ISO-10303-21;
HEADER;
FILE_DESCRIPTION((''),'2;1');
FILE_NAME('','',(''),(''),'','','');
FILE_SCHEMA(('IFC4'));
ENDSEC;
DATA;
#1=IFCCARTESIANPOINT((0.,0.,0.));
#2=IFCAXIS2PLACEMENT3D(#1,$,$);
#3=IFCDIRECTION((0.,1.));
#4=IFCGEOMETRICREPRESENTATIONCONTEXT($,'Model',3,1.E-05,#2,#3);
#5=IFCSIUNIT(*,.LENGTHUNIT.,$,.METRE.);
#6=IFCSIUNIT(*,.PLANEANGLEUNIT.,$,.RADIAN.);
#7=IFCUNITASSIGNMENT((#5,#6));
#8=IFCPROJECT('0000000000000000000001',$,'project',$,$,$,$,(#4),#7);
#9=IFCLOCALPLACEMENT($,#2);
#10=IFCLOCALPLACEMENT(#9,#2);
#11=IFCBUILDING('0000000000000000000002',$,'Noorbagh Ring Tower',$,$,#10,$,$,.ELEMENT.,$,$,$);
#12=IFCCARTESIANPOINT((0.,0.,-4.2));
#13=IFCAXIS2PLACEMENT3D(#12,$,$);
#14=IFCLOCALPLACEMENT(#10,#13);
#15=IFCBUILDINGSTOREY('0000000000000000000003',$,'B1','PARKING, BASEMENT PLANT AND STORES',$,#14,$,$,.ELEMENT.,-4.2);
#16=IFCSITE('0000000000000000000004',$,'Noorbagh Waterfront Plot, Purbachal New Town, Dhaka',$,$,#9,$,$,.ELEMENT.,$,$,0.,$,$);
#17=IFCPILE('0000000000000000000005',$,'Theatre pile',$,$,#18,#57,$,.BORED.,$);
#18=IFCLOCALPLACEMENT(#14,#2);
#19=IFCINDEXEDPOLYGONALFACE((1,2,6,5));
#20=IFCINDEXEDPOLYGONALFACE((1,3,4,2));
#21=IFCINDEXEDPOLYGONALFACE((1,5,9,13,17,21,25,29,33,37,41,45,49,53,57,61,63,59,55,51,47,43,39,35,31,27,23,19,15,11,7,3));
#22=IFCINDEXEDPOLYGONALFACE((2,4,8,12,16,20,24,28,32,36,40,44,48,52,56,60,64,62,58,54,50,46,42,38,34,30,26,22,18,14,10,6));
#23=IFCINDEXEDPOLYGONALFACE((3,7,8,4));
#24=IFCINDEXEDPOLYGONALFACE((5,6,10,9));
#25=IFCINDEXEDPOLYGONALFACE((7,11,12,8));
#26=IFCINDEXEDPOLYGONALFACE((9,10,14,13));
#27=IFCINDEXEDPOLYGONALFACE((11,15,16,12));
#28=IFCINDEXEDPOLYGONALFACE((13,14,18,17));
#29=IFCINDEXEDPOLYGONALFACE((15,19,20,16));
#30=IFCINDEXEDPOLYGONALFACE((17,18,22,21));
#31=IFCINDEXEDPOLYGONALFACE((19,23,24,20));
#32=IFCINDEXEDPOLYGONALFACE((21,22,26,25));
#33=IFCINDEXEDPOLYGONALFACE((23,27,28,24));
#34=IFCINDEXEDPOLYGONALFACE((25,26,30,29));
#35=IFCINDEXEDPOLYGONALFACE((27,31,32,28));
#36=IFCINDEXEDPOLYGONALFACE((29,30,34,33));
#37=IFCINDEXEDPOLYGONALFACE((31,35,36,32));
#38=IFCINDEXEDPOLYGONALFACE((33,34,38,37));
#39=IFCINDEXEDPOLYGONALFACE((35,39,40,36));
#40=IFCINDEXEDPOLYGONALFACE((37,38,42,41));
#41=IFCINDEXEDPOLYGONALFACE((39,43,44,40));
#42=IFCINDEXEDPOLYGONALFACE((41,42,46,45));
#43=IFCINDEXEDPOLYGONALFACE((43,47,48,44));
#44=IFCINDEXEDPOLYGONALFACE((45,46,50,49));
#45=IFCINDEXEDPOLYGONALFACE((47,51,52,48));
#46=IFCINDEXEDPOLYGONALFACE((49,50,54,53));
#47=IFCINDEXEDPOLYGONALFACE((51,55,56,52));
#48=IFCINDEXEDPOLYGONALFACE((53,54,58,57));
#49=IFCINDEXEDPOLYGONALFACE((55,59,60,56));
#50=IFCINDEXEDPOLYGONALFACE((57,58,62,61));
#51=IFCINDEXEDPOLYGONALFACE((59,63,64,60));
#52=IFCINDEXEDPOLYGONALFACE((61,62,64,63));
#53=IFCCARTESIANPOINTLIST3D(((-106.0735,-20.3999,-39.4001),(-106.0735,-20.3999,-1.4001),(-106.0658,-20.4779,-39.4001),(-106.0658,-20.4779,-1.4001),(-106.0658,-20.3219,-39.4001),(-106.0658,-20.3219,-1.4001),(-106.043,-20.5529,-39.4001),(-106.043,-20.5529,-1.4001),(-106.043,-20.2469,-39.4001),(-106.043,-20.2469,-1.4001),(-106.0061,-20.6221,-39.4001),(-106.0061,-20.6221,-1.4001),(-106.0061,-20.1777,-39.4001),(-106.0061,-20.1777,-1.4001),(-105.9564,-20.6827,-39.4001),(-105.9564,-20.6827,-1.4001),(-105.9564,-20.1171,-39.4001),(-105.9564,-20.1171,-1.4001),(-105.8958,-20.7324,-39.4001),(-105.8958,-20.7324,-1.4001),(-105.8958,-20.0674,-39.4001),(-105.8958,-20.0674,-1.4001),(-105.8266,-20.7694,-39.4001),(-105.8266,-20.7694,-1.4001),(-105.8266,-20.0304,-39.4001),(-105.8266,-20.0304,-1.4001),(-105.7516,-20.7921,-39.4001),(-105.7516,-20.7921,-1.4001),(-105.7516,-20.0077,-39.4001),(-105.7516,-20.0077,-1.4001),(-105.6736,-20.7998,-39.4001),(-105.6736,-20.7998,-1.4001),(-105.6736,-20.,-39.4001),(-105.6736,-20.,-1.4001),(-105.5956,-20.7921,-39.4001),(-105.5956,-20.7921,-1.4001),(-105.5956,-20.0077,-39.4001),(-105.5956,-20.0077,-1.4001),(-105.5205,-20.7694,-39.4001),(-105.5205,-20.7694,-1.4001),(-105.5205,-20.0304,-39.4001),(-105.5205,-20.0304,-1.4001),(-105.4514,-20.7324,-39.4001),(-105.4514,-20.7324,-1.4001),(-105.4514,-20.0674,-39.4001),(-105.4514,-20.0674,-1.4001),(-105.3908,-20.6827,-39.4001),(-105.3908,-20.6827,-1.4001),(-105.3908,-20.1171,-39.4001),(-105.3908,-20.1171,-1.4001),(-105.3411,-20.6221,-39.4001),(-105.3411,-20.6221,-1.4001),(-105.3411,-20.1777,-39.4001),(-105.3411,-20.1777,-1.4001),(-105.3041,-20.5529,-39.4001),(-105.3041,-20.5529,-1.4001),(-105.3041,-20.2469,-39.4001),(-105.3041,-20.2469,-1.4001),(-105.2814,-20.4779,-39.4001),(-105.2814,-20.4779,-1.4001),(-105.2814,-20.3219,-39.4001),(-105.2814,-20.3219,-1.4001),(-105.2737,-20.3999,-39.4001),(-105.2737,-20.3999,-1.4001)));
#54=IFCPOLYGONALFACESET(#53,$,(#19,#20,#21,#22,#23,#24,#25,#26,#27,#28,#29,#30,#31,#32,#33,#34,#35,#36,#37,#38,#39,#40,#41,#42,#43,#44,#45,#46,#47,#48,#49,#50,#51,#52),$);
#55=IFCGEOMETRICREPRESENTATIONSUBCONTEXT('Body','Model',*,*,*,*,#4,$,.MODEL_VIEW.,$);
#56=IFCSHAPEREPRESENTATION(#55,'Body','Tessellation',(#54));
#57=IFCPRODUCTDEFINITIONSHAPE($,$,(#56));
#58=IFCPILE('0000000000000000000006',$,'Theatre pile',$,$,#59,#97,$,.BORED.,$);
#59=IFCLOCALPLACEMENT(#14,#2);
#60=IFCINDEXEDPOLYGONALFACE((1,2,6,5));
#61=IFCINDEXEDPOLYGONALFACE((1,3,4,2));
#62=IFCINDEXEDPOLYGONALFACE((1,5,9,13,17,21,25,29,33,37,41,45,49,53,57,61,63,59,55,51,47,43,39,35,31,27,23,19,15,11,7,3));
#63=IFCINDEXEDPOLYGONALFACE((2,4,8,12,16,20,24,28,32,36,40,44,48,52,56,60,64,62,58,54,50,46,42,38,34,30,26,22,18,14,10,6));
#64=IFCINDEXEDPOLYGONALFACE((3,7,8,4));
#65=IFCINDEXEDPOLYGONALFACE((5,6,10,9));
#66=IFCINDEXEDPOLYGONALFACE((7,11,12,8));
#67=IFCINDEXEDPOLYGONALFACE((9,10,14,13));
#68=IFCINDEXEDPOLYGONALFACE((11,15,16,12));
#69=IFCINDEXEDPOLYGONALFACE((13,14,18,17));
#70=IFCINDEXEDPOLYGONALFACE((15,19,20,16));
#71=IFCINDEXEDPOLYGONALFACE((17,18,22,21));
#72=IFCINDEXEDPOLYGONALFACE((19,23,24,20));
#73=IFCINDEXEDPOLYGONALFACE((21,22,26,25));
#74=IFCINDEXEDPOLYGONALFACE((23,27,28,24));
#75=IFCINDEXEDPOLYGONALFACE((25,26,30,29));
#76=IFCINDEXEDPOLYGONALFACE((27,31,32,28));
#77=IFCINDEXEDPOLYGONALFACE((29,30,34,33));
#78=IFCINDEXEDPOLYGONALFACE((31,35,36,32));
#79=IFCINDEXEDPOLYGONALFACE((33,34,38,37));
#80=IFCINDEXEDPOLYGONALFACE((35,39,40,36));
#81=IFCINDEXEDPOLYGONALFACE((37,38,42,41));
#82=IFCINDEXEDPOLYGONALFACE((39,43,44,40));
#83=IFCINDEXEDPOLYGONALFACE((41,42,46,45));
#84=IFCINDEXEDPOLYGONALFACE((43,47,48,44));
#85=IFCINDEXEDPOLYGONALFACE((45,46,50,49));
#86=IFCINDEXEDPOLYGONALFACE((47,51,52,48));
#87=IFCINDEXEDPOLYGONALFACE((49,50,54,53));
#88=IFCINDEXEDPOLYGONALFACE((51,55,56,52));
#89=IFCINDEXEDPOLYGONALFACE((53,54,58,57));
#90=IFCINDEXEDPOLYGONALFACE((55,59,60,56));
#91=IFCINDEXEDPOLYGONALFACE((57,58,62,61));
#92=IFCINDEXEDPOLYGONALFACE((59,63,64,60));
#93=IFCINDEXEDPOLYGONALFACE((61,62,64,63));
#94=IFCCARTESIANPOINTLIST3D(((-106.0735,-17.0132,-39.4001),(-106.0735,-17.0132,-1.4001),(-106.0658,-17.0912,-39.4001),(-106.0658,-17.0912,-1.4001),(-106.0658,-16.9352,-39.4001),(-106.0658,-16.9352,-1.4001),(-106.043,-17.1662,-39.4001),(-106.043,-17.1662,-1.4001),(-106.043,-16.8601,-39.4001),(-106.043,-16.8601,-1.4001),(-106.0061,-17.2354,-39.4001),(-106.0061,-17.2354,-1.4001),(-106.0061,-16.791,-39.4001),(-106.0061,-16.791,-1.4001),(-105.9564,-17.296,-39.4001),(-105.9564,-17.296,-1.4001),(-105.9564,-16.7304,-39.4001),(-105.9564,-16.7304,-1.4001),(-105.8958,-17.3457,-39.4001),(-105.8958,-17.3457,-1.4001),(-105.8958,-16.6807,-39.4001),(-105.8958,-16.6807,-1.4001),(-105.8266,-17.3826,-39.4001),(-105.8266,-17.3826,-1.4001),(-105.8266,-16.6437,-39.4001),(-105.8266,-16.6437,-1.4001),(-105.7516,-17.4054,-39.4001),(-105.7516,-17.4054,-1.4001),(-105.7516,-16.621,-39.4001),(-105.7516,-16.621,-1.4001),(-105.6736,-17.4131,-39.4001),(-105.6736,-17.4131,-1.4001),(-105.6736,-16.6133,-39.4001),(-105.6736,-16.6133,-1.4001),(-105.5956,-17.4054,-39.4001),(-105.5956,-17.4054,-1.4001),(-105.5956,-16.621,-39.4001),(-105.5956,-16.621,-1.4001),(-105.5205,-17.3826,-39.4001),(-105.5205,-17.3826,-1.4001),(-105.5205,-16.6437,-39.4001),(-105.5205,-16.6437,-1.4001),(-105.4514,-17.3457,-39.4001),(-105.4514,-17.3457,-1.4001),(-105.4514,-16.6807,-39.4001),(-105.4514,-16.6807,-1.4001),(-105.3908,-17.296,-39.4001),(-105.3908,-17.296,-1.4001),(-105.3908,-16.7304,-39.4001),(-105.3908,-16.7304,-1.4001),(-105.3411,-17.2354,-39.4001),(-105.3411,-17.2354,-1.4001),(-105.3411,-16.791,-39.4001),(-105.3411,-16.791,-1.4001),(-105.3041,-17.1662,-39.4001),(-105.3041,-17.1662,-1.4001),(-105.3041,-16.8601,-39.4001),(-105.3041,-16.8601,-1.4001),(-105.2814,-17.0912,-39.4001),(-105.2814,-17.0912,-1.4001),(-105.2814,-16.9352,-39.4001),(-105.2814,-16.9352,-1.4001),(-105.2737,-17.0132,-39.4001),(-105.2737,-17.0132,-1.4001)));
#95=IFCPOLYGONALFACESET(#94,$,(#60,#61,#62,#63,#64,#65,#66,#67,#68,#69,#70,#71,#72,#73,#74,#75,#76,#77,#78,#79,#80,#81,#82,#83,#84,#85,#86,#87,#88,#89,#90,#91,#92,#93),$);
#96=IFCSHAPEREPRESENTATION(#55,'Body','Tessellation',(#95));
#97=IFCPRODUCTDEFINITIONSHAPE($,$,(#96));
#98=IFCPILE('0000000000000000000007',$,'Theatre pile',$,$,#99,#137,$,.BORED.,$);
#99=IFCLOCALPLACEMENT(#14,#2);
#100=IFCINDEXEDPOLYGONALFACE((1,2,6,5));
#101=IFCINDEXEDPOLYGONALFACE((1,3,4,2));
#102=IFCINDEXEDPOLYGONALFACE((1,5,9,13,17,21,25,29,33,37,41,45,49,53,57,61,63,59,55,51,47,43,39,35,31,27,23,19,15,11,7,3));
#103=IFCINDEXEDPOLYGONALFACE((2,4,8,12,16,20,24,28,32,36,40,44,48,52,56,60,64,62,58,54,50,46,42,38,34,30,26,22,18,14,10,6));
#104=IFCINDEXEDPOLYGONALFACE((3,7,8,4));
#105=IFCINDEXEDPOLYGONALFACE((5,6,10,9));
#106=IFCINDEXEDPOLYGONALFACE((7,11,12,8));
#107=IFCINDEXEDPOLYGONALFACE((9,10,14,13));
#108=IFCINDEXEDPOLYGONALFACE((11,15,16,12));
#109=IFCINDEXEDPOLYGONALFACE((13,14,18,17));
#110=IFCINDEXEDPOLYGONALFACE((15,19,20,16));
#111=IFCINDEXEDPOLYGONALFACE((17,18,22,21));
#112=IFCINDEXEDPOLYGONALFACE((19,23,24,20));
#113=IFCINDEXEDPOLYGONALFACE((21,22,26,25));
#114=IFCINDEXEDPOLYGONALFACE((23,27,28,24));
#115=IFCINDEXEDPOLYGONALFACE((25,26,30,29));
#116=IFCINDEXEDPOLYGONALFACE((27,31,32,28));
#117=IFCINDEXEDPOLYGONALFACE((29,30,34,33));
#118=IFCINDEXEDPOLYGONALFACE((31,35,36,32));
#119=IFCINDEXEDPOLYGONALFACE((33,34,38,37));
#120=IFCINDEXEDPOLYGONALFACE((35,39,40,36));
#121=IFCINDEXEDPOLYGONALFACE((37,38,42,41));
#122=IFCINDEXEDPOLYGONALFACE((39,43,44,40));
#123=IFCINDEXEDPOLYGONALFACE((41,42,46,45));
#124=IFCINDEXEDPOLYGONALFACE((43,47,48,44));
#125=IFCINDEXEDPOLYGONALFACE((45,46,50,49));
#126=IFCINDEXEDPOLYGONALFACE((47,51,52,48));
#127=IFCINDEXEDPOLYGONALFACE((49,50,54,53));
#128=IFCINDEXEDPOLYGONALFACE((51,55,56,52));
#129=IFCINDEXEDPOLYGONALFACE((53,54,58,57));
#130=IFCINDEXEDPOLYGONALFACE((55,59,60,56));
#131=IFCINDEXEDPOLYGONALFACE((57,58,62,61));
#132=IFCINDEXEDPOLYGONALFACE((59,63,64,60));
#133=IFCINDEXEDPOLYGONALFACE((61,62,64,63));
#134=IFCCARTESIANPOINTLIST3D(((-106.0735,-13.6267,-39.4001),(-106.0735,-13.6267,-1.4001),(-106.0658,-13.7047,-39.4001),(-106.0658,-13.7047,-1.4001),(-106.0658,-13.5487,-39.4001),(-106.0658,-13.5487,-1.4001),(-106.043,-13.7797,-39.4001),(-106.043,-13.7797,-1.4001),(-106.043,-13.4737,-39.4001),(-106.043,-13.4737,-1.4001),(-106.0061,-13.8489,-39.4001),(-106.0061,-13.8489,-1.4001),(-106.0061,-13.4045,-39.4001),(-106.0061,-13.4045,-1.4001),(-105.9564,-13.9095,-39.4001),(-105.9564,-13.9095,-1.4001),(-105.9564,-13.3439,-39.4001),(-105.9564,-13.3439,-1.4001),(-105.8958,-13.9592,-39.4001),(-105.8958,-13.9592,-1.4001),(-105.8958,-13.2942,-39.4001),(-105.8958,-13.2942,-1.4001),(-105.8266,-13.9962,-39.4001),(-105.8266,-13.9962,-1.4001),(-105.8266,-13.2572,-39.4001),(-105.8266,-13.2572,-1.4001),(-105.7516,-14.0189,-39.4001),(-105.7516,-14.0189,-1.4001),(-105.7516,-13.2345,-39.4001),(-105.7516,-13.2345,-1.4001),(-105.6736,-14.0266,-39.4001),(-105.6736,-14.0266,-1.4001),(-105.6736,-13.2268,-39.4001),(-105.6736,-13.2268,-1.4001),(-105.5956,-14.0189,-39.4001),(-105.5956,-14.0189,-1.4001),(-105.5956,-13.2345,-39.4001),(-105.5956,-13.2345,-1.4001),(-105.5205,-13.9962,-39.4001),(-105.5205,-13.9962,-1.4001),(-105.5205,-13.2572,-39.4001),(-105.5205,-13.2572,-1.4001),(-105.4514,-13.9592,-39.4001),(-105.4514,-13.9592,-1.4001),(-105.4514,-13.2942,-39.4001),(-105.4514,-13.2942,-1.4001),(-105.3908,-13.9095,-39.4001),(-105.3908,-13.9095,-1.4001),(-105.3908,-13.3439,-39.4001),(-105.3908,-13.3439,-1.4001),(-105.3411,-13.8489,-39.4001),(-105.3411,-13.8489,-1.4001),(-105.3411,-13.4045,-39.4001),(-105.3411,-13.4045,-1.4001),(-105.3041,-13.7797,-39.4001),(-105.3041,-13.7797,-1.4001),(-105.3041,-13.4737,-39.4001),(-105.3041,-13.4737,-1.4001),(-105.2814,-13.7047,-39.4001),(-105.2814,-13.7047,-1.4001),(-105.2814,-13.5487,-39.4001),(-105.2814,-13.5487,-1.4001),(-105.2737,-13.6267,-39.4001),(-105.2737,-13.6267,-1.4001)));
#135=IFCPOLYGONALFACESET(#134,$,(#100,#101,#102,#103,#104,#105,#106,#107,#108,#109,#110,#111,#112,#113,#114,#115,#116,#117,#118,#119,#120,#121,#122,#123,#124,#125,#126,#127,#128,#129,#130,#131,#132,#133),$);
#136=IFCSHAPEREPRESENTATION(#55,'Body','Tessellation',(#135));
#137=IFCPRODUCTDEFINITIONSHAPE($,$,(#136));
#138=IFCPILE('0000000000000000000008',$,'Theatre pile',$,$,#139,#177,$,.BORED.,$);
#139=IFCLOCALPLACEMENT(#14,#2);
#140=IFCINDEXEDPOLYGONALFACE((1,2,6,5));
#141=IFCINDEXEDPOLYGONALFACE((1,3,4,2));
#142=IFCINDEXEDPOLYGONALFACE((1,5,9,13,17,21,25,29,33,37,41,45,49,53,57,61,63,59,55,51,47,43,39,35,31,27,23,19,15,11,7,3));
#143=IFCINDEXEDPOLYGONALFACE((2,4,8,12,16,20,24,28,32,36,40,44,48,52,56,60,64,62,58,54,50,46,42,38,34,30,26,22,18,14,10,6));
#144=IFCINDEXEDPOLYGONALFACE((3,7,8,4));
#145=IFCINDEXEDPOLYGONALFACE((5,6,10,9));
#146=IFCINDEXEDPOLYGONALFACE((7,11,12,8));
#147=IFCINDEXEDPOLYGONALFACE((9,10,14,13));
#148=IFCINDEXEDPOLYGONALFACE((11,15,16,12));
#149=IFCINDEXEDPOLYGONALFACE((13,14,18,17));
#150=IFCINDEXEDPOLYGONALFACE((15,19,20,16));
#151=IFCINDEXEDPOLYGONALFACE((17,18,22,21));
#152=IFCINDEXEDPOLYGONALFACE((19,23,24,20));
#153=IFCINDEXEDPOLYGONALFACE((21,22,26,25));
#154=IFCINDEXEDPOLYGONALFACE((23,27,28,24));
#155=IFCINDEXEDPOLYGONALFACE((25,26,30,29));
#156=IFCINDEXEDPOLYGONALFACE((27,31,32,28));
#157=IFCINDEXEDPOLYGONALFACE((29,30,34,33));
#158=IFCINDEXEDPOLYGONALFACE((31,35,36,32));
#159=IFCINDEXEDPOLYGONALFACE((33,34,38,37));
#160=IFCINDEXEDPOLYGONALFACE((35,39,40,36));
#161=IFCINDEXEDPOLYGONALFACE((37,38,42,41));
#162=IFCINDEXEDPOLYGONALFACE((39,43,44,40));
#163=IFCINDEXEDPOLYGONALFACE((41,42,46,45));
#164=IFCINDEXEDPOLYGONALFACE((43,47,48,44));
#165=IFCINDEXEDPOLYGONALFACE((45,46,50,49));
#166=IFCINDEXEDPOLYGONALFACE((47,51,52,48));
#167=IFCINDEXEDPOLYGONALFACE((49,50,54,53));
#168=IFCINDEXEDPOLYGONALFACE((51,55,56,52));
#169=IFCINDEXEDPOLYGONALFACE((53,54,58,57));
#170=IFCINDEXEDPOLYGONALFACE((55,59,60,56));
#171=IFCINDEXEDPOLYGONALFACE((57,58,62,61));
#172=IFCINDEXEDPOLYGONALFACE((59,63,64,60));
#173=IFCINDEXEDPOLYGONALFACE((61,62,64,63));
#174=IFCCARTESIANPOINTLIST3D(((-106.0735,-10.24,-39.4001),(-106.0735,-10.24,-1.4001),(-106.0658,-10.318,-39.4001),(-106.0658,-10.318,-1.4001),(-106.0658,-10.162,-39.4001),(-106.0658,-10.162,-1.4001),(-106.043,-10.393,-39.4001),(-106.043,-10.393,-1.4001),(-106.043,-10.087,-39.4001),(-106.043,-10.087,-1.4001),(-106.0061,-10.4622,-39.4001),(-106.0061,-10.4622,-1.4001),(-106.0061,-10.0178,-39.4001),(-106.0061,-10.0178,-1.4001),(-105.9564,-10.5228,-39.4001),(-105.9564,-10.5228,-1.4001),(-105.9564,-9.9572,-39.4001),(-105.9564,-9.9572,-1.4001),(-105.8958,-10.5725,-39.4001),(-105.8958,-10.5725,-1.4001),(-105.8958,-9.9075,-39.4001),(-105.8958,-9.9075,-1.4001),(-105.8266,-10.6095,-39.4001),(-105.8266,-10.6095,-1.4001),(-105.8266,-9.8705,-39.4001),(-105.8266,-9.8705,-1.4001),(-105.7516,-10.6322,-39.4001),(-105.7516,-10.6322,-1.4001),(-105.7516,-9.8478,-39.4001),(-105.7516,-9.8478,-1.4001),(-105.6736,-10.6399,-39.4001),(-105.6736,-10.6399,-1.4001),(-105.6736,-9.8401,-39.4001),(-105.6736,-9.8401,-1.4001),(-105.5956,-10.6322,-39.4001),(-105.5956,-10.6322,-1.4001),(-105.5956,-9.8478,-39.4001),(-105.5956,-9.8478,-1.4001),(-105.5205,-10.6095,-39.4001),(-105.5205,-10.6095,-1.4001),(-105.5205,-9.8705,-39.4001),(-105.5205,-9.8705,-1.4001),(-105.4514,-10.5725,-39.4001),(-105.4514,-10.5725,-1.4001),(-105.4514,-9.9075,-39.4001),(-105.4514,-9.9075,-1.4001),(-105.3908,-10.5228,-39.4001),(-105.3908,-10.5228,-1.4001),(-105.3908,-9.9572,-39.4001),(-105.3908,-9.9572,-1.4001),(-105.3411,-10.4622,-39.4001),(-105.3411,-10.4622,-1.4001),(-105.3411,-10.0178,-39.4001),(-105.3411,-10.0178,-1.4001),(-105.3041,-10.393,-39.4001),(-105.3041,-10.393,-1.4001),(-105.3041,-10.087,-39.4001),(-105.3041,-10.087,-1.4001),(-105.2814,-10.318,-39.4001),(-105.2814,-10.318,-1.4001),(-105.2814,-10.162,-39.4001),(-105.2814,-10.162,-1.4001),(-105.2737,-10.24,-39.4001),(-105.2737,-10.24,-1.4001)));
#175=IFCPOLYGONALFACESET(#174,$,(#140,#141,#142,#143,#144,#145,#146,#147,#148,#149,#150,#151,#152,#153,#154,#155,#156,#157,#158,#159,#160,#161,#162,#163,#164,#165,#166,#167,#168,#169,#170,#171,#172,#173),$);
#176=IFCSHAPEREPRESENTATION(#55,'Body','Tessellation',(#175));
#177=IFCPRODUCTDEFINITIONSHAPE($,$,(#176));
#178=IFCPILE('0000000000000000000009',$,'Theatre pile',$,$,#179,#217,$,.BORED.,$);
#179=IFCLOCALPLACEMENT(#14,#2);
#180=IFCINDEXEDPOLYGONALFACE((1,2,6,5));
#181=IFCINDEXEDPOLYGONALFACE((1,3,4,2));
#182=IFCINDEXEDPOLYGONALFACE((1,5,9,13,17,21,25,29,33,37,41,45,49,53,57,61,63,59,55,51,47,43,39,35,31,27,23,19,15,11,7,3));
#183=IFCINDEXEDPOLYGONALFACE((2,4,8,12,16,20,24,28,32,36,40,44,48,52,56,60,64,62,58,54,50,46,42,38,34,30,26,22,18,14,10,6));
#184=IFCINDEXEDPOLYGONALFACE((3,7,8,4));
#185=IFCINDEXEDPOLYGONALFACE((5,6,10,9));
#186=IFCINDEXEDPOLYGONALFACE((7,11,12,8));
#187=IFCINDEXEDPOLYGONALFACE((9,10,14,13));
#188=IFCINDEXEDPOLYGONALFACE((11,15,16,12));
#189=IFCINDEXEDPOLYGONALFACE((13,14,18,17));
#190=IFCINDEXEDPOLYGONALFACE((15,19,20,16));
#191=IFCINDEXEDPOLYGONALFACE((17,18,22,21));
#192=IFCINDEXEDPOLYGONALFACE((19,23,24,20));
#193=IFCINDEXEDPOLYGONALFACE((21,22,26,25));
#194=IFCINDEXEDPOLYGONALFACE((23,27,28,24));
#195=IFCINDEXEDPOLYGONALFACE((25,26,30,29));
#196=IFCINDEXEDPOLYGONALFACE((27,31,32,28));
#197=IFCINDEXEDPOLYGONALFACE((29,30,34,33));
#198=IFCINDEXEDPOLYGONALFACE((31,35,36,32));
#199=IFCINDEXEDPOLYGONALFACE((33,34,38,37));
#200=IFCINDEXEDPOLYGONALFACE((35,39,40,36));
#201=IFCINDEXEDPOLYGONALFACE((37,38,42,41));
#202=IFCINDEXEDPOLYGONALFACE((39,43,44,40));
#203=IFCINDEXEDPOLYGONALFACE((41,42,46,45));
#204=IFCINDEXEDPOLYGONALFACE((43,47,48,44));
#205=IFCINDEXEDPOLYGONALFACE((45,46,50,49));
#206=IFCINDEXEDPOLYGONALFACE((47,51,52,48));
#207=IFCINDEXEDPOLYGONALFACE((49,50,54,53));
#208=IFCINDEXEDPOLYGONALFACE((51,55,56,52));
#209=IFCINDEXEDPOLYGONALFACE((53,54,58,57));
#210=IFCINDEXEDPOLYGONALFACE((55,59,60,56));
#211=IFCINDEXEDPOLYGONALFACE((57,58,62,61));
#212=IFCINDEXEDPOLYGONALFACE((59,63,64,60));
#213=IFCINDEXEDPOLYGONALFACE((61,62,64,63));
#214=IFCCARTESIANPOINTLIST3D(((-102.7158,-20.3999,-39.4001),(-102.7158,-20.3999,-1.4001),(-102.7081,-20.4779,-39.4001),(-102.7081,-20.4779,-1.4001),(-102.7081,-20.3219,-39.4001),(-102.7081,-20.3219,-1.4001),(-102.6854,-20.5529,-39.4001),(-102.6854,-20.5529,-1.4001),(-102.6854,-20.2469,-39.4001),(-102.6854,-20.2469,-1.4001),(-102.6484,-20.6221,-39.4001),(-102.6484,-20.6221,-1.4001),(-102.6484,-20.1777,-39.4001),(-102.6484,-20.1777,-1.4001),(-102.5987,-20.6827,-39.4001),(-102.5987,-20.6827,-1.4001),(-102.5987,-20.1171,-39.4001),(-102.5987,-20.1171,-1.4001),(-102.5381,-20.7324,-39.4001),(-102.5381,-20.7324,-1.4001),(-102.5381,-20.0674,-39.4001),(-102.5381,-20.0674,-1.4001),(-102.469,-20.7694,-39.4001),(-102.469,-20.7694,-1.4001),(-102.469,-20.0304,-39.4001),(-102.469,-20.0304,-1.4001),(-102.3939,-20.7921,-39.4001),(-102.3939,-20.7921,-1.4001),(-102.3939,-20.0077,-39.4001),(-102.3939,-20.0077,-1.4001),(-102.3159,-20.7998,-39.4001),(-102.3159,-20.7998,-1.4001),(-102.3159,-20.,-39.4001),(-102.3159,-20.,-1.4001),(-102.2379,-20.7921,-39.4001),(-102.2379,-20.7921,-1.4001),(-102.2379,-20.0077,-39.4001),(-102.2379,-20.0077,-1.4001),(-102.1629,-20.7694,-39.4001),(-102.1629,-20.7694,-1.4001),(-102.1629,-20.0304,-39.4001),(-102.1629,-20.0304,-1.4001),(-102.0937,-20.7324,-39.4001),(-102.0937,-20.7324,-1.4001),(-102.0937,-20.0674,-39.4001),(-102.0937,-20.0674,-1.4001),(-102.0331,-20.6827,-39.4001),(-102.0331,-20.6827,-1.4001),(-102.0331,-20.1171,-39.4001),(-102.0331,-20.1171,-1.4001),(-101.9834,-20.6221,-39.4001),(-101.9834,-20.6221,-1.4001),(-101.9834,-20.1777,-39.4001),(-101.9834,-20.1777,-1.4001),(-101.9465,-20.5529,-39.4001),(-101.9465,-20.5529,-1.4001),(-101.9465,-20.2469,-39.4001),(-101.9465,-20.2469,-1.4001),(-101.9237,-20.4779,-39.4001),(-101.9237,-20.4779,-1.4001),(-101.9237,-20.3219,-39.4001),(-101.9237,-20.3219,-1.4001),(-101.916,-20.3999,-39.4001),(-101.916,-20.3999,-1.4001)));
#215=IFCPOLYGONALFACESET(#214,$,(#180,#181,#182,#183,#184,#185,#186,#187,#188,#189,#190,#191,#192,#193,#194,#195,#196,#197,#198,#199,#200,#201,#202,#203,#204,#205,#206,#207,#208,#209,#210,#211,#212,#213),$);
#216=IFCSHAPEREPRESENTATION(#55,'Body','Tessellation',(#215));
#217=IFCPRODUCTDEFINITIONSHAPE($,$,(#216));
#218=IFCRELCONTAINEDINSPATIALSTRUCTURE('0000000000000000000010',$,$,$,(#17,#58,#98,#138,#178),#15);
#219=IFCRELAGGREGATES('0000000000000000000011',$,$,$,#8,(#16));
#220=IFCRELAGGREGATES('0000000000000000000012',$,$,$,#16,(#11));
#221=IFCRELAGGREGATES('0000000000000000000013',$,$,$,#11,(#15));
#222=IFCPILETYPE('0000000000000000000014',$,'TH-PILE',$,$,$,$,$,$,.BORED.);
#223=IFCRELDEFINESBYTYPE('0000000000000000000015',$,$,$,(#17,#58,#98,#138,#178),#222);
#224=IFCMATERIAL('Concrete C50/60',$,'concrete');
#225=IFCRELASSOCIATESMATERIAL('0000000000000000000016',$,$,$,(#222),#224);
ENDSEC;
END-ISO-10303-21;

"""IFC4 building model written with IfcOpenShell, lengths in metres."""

from ifc_helpers import new_model, si_unit, direction, frame, origin, origin_2d, place, context, subcontext, project, spatial, circle, extrude, material, material_profile, profile_set, type_object, element, save


model = new_model("IFC4")

# Units and contexts
model_context = context("Model", 3, precision=1e-05, world=origin(), true_north=direction((0.0, 1.0)))
body_context = subcontext(model_context, "Body", "Model", "MODEL_VIEW")
ifc_project = project(units=[si_unit("LENGTHUNIT", "METRE"), si_unit("PLANEANGLEUNIT", "RADIAN")], contexts=[model_context])

# Site, building, storey
site_placement = place(None, origin())
site = spatial("IfcSite", under=ifc_project, at=site_placement, Name="Noorbagh Waterfront Plot, Purbachal New Town, Dhaka", CompositionType="ELEMENT", RefElevation=0.0)
building_placement = place(site_placement, origin())
building = spatial("IfcBuilding", under=site, at=building_placement, Name="Noorbagh Ring Tower", CompositionType="ELEMENT")
storey_placement = place(building_placement, frame((0.0, 0.0, -4.2)))
storey = spatial("IfcBuildingStorey", under=building, at=storey_placement, Name="B1", Description="PARKING, BASEMENT PLANT AND STORES", CompositionType="ELEMENT", Elevation=-4.2)

# Piles
ifc_material_1 = material(Name="Concrete C50/60", Category="concrete")
ifc_material_profile_1 = material_profile(ifc_material_1, circle(Radius=0.3999, at=origin_2d()), Name="PILE800")
ifc_profile_set_1 = profile_set([ifc_material_profile_1], Name="Concrete C50/60")
pile_type = type_object("IfcPileType", Name="TH-PILE", PredefinedType="BORED", material=ifc_profile_set_1)
for number, where, z_axis, x_axis, name in (
    (1, (-105.6736, -20.3999, -1.4001), (0.0, 0.0, -1.0), (1.0, 0.0, 0.0), "Theatre pile"),
    (2, (-105.6736, -17.0132, -1.4001), (0.0, 0.0, -1.0), (1.0, 0.0, 0.0), "Theatre pile"),
    (3, (-105.6736, -13.6267, -1.4001), (0.0, 0.0, -1.0), (1.0, 0.0, 0.0), "Theatre pile"),
    (4, (-105.6736, -10.24, -1.4001), (0.0, 0.0, -1.0), (1.0, 0.0, 0.0), "Theatre pile"),
    (5, (-102.3159, -20.3999, -1.4001), (0.0, 0.0, -1.0), (1.0, 0.0, 0.0), "Theatre pile"),
):
    element("IfcPile", number, at=place(storey_placement, frame(where, z_axis=z_axis, x_axis=x_axis)), inside=storey, type_object=pile_type, Name=name, PredefinedType="BORED", context=body_context, shape_type="SweptSolid", body=[
        extrude(circle(Radius=0.3999, at=origin_2d()), origin(), (0.0, 0.0, 1.0), 38.0),
    ])

save(model, "model.ifc")
